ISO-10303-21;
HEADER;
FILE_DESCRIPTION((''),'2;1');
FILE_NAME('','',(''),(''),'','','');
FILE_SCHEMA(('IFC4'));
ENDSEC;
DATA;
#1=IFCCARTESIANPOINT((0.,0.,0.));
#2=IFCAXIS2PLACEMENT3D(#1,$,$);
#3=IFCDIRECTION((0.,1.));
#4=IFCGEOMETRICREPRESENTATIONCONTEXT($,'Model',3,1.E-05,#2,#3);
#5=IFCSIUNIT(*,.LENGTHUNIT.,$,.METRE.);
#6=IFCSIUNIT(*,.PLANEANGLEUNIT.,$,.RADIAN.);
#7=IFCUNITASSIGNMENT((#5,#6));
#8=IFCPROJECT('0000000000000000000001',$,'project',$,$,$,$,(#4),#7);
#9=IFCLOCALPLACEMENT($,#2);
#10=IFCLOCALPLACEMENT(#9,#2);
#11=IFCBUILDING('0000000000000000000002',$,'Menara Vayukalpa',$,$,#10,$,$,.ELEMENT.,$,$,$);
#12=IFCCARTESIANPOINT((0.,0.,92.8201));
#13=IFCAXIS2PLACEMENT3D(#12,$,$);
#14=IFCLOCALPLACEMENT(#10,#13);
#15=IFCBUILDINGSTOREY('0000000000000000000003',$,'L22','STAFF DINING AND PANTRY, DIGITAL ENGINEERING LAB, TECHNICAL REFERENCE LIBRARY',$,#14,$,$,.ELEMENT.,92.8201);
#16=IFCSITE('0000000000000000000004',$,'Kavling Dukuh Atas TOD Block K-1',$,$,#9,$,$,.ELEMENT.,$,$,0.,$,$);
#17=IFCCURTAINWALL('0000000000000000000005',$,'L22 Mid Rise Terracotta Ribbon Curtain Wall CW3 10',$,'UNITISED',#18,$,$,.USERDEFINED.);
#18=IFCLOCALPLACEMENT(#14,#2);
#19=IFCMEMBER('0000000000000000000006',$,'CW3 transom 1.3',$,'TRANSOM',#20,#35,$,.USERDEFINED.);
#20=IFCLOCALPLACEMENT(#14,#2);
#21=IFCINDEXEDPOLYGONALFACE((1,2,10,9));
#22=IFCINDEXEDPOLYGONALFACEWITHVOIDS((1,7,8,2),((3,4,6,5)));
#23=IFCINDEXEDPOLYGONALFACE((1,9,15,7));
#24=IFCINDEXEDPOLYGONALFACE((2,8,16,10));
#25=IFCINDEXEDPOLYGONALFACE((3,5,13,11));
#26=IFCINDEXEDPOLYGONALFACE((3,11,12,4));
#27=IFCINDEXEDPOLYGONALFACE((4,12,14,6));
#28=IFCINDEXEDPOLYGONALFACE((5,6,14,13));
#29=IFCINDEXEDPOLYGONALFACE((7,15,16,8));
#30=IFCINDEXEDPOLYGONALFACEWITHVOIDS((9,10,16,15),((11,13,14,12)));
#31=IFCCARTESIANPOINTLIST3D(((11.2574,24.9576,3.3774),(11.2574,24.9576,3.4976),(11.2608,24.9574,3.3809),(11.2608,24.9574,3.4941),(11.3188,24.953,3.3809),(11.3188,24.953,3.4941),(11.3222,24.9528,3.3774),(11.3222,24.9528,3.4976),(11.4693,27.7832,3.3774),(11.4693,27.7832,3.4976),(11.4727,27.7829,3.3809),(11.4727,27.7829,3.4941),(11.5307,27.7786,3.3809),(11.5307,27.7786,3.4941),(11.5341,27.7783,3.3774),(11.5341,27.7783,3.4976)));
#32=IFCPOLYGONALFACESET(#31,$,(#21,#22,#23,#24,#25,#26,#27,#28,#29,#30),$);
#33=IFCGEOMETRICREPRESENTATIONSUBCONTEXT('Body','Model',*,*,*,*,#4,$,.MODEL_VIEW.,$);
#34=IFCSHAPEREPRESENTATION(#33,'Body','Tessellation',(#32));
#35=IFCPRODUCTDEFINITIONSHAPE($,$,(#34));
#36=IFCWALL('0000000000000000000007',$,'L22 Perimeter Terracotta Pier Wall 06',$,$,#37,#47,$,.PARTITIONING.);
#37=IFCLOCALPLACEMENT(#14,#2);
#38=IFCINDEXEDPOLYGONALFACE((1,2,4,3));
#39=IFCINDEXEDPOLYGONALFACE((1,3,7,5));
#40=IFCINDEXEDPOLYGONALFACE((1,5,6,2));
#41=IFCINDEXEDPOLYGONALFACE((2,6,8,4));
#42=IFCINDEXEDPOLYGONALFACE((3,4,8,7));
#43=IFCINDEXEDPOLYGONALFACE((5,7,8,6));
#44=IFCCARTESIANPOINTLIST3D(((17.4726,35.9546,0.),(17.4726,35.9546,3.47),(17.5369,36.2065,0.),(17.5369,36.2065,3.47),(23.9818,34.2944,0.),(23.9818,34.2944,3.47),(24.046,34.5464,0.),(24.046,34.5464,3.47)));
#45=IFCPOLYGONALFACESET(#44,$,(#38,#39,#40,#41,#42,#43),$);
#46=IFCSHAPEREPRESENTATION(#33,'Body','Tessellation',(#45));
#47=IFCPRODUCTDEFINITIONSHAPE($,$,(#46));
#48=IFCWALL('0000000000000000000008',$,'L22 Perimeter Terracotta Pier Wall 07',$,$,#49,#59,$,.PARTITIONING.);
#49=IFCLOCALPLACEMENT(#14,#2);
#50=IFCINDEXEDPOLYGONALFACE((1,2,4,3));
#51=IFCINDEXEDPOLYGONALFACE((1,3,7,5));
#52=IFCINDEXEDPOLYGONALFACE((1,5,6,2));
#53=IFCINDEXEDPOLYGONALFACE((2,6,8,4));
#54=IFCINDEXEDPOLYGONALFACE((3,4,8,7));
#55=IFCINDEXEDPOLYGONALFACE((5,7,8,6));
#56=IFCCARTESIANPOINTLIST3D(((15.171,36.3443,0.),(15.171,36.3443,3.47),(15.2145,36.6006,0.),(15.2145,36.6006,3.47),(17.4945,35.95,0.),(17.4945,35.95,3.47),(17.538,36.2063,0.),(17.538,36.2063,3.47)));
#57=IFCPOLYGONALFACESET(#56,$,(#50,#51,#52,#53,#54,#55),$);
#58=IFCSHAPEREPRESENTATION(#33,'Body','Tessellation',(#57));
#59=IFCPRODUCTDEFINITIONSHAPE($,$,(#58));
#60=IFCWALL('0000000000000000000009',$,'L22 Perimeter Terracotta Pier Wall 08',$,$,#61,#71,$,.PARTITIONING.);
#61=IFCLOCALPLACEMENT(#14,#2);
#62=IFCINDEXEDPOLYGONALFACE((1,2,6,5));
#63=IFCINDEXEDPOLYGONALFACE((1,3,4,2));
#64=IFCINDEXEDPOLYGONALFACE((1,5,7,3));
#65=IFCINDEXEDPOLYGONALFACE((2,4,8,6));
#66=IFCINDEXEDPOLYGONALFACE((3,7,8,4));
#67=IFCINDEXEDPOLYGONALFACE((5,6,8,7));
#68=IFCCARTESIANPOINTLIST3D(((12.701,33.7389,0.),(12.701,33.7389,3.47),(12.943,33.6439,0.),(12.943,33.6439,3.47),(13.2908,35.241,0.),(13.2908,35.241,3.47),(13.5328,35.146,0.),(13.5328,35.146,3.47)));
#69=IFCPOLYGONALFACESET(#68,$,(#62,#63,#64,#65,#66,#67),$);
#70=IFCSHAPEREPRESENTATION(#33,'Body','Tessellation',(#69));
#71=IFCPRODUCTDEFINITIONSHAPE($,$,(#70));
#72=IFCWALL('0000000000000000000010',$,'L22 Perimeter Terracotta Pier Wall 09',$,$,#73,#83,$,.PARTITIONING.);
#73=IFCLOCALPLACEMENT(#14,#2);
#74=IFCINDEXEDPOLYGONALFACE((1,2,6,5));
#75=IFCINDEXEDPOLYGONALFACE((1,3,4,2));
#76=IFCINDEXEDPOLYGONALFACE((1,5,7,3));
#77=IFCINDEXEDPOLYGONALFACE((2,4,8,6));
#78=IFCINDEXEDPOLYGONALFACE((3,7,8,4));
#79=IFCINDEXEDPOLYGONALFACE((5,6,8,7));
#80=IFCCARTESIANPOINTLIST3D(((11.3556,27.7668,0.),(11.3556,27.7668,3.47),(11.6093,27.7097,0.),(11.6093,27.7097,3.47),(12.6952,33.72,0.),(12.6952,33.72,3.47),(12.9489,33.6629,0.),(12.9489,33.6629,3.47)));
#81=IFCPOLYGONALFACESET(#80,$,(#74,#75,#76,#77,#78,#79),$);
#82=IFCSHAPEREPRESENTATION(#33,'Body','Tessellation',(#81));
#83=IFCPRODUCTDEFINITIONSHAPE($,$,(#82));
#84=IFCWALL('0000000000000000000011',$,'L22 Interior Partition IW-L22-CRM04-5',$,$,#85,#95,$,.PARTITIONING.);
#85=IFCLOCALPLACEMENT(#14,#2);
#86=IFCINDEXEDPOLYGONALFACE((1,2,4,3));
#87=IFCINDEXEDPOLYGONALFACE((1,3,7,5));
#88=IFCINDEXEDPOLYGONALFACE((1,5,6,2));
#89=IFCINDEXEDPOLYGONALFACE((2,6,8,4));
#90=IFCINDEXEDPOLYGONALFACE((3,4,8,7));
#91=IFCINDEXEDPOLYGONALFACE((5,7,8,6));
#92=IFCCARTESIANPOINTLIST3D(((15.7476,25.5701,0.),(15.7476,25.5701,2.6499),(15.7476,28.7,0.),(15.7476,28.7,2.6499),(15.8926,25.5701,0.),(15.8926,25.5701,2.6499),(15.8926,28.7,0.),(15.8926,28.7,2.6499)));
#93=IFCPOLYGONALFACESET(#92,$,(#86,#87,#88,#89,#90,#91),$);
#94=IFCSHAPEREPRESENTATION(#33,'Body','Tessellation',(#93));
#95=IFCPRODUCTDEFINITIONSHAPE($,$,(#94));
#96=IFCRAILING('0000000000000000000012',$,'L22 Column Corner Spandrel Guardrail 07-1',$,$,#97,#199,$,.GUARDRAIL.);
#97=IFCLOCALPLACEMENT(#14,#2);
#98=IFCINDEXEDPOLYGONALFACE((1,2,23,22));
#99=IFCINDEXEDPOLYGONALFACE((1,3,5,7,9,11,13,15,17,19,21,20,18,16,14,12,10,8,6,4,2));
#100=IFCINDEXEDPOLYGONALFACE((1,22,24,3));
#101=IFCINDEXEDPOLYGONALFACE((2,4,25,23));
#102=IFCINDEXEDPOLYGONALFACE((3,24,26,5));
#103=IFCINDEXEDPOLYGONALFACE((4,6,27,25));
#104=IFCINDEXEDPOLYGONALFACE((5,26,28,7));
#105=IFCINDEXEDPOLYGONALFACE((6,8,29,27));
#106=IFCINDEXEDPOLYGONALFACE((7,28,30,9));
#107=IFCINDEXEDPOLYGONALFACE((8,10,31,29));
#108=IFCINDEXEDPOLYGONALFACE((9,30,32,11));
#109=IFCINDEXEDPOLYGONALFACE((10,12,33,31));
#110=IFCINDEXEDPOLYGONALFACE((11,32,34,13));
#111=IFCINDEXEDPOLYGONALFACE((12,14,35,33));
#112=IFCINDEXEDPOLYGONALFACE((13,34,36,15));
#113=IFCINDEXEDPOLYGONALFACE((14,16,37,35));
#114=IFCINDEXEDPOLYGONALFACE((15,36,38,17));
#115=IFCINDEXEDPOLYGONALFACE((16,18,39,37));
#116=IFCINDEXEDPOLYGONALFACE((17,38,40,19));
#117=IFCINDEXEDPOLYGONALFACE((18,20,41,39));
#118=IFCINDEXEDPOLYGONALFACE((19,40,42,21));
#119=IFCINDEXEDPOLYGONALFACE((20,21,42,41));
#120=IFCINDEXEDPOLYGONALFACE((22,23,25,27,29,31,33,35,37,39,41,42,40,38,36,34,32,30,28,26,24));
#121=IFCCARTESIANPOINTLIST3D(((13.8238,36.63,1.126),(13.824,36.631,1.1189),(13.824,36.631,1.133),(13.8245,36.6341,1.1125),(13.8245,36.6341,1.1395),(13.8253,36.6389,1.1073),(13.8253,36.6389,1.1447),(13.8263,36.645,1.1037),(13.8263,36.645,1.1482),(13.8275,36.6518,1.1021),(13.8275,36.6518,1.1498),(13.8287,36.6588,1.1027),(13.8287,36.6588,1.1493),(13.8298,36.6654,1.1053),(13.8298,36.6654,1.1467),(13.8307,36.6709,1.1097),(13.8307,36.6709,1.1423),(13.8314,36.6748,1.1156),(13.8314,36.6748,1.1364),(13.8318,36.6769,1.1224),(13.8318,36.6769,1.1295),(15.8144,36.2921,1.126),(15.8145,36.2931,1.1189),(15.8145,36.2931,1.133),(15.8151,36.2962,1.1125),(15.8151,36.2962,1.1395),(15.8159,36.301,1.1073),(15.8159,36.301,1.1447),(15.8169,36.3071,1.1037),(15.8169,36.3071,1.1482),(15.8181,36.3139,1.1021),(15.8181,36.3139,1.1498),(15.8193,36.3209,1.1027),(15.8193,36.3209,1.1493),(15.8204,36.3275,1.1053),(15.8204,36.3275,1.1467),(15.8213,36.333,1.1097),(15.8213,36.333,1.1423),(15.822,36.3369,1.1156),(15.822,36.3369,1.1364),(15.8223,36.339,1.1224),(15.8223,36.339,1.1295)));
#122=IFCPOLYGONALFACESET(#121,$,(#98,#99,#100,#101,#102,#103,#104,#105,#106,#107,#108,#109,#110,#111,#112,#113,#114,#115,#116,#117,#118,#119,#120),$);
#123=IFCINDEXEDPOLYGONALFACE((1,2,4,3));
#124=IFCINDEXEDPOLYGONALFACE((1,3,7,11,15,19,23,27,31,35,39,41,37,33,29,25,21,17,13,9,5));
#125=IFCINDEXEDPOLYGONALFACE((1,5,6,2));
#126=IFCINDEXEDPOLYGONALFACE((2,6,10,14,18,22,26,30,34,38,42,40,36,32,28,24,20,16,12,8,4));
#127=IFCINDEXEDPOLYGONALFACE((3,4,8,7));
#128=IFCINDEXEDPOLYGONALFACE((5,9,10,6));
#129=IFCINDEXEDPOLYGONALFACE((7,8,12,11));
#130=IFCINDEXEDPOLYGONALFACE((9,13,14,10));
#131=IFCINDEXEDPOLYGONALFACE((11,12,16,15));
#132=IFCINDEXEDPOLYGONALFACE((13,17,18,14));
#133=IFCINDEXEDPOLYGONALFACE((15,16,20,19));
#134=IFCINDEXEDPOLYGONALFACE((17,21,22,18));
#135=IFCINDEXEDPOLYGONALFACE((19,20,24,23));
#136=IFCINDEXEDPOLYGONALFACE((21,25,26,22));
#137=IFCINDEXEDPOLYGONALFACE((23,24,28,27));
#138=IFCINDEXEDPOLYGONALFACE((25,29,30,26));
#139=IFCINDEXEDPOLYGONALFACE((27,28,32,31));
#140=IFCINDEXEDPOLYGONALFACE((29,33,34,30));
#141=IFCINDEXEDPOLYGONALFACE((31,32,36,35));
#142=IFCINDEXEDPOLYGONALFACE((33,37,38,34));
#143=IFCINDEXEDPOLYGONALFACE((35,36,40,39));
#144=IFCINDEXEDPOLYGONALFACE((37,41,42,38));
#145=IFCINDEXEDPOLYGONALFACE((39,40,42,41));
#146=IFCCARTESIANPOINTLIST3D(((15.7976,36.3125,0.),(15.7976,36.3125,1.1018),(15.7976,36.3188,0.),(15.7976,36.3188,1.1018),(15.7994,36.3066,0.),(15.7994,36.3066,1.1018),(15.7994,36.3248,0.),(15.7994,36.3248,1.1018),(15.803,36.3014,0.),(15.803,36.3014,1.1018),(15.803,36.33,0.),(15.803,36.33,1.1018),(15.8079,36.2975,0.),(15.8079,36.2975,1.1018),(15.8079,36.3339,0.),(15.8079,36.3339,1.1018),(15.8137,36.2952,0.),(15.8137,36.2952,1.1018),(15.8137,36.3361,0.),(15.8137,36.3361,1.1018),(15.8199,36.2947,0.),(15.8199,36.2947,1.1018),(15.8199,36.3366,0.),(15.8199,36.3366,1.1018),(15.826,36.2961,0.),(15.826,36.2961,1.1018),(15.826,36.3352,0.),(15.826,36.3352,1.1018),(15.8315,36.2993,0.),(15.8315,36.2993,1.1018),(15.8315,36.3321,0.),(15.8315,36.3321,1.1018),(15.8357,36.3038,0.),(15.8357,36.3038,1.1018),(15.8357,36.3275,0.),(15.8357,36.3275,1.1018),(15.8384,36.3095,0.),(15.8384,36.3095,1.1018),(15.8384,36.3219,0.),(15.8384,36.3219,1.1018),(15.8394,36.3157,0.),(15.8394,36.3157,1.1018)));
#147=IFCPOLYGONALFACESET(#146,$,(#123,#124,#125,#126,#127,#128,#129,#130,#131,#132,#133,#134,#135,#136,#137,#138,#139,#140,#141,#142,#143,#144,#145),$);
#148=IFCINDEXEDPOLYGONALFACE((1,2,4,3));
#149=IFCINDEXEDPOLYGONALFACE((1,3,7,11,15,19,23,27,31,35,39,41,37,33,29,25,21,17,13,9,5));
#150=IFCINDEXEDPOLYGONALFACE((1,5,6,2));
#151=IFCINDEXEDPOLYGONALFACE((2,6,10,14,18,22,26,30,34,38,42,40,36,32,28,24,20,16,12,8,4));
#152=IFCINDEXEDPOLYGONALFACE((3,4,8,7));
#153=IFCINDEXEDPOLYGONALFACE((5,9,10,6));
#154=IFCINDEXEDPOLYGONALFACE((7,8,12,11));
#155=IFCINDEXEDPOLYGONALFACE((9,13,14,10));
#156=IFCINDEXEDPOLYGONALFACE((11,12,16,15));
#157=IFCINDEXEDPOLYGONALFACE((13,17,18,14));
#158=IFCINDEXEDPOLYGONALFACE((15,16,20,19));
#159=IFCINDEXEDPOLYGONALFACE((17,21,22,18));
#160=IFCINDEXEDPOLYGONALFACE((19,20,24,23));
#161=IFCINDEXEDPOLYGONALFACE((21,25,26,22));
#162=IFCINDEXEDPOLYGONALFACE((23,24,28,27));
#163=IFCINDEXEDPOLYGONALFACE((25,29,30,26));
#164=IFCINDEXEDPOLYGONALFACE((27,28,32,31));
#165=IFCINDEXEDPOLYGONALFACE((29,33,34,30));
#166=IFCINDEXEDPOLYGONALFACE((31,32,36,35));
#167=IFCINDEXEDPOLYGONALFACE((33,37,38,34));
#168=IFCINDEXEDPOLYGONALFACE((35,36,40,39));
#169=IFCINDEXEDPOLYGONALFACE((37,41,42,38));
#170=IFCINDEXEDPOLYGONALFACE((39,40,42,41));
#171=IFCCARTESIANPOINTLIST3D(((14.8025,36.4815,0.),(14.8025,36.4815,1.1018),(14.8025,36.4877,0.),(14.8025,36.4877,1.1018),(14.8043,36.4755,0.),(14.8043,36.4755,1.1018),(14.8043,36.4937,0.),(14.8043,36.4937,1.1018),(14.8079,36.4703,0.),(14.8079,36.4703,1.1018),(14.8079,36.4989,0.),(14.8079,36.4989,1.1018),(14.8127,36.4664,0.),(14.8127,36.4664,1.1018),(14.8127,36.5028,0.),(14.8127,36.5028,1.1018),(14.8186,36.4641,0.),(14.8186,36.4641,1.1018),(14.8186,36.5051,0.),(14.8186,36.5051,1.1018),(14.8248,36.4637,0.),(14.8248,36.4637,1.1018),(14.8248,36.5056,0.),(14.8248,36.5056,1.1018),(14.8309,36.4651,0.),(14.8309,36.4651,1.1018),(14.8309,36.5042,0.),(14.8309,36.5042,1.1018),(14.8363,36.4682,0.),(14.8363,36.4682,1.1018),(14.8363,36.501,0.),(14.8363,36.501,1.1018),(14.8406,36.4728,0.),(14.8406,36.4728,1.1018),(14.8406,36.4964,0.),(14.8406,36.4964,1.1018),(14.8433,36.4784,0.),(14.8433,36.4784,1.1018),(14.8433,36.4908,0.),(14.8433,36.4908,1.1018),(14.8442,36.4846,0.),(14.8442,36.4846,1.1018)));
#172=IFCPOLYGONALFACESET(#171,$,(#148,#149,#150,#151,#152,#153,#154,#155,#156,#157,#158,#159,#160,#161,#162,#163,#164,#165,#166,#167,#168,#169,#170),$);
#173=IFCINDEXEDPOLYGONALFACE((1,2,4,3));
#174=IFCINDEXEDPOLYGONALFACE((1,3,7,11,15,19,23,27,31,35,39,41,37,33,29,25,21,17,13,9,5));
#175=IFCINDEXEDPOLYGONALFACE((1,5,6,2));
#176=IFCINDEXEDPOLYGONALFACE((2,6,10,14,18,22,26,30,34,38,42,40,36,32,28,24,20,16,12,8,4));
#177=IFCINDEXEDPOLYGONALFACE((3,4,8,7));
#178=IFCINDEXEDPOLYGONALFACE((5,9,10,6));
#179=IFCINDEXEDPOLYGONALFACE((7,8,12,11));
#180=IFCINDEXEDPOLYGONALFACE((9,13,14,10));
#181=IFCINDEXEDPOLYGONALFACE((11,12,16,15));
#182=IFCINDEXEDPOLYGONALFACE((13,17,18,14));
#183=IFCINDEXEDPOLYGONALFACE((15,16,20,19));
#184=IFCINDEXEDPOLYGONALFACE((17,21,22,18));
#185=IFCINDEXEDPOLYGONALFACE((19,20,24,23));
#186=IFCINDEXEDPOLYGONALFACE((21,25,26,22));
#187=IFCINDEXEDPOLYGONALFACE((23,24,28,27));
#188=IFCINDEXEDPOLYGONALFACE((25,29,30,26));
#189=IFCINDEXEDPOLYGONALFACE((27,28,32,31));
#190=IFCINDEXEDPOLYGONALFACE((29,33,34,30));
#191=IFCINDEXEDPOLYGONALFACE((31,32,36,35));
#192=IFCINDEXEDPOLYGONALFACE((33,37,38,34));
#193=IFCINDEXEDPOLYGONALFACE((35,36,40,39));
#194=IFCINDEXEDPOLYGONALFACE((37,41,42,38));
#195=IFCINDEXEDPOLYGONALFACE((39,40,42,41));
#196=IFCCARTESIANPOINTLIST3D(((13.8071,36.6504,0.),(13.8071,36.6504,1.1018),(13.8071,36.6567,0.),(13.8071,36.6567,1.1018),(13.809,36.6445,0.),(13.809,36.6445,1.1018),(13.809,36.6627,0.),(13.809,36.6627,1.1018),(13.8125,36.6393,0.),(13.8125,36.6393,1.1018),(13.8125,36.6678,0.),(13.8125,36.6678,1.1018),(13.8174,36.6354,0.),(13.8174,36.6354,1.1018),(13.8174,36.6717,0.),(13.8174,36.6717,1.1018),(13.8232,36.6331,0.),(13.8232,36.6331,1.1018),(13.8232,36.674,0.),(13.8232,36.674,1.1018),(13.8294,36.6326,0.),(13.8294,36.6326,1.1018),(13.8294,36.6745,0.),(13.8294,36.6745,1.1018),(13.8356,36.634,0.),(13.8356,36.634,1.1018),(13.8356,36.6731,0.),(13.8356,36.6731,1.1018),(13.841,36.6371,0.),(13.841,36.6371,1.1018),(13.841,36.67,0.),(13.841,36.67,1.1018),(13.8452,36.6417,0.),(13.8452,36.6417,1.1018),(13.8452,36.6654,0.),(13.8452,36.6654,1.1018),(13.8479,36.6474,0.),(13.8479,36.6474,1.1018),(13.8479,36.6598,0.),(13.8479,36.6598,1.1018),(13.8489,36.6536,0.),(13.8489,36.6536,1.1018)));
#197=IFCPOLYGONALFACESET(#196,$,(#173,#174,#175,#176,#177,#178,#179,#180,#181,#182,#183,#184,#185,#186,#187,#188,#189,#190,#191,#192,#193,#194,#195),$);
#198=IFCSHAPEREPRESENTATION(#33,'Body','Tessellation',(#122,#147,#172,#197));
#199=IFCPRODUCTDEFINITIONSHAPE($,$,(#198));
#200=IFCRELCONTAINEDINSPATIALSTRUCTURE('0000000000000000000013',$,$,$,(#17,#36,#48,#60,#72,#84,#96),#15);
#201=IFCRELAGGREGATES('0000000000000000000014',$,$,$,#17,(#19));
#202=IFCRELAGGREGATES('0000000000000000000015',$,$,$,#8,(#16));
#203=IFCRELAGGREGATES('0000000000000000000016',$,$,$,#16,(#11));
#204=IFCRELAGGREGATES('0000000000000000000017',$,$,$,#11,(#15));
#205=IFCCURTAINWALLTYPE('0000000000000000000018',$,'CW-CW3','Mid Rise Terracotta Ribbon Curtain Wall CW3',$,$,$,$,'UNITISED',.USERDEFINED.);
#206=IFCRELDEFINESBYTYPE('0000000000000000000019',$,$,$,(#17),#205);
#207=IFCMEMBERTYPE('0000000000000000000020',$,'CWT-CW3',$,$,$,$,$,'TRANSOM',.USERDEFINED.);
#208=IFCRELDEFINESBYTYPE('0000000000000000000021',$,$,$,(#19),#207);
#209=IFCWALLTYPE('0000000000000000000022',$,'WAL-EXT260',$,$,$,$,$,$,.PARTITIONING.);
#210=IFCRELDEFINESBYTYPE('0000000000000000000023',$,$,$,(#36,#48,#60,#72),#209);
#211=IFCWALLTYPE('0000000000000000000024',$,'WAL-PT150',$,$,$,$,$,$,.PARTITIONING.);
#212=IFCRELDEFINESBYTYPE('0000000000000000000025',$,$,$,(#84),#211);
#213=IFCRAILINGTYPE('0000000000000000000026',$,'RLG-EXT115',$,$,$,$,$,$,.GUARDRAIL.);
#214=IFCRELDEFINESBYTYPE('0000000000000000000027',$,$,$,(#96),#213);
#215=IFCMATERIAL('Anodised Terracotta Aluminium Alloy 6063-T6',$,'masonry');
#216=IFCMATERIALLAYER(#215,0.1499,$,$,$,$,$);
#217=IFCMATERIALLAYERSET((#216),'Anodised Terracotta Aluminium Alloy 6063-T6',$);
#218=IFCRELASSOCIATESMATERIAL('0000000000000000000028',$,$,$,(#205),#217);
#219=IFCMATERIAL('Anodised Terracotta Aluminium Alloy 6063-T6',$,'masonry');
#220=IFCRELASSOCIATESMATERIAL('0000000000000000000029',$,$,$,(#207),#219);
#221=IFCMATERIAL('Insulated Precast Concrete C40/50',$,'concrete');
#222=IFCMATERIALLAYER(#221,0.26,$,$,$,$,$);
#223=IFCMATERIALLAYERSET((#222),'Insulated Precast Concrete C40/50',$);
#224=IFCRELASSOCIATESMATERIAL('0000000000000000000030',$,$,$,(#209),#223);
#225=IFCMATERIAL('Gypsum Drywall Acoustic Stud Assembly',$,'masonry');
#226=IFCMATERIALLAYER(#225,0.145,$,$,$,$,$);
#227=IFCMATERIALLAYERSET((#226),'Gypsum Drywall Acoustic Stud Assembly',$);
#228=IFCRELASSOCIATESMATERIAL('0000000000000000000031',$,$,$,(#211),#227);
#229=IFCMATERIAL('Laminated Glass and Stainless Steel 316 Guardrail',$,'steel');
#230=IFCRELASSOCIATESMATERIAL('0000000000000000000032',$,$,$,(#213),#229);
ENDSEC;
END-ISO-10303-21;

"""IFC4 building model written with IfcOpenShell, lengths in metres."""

from ifc_helpers import new_model, si_unit, direction, frame, frame_2d, origin, origin_2d, place, context, subcontext, project, spatial, rectangle, hollow_rectangle, circle, extrude, material, layer, layer_set, material_profile, profile_set, type_object, element, aggregate, save


model = new_model("IFC4")

# Units and contexts
model_context = context("Model", 3, precision=1e-05, world=origin(), true_north=direction((0.0, 1.0)))
body_context = subcontext(model_context, "Body", "Model", "MODEL_VIEW")
ifc_project = project(units=[si_unit("LENGTHUNIT", "METRE"), si_unit("PLANEANGLEUNIT", "RADIAN")], contexts=[model_context])

# Site, building, storey
site_placement = place(None, origin())
site = spatial("IfcSite", under=ifc_project, at=site_placement, Name="Kavling Dukuh Atas TOD Block K-1", CompositionType="ELEMENT", RefElevation=0.0)
building_placement = place(site_placement, origin())
building = spatial("IfcBuilding", under=site, at=building_placement, Name="Menara Vayukalpa", CompositionType="ELEMENT")
storey_placement = place(building_placement, frame((0.0, 0.0, 92.8201)))
storey = spatial("IfcBuildingStorey", under=building, at=storey_placement, Name="L22", Description="STAFF DINING AND PANTRY, DIGITAL ENGINEERING LAB, TECHNICAL REFERENCE LIBRARY", CompositionType="ELEMENT", Elevation=92.8201)

# Curtain wall, member
ifc_material_1 = material(Name="Anodised Terracotta Aluminium Alloy 6063-T6", Category="masonry")
ifc_layer_1 = layer(ifc_material_1, 0.1499)
ifc_layer_set_1 = layer_set([ifc_layer_1], Name="Anodised Terracotta Aluminium Alloy 6063-T6")
curtain_wall_type = type_object("IfcCurtainWallType", Name="CW-CW3", Description="Mid Rise Terracotta Ribbon Curtain Wall CW3", ElementType="UNITISED", PredefinedType="USERDEFINED", material=ifc_layer_set_1)
curtain_wall_placement = place(storey_placement, origin())
curtain_wall = element("IfcCurtainWall", 1, at=curtain_wall_placement, inside=storey, type_object=curtain_wall_type, Name="L22 Mid Rise Terracotta Ribbon Curtain Wall CW3 10", ObjectType="UNITISED", PredefinedType="USERDEFINED")
ifc_material_2 = material(Name="Anodised Terracotta Aluminium Alloy 6063-T6", Category="masonry")
ifc_material_profile_1 = material_profile(ifc_material_2, hollow_rectangle(XDim=0.0649, YDim=0.1201, WallThickness=0.0034, at=origin_2d()), Name="ALU 65x120x3.5")
ifc_profile_set_1 = profile_set([ifc_material_profile_1], Name="Anodised Terracotta Aluminium Alloy 6063-T6")
member_type_1 = type_object("IfcMemberType", Name="CWT-CW3", ElementType="TRANSOM", PredefinedType="USERDEFINED", material=ifc_profile_set_1)
member_1_placement = place(storey_placement, frame((11.5017, 27.7808, 3.4375), z_axis=(-0.074792, -0.997199, 0.0), x_axis=(0.997199, -0.074792, 0.0)))
member_1 = element("IfcMember", 2, at=member_1_placement, type_object=member_type_1, Name="CW3 transom 1.3", ObjectType="TRANSOM", PredefinedType="USERDEFINED", context=body_context, shape_type="SweptSolid", body=[
    extrude(hollow_rectangle(XDim=0.0649, YDim=0.1201, WallThickness=0.0034, at=origin_2d()), origin(), (0.0, 0.0, 1.0), 2.8335),
])
aggregate(curtain_wall, [member_1])

# Walls
ifc_material_3 = material(Name="Insulated Precast Concrete C40/50", Category="concrete")
ifc_layer_2 = layer(ifc_material_3, 0.26)
ifc_layer_set_2 = layer_set([ifc_layer_2], Name="Insulated Precast Concrete C40/50")
wall_type_1 = type_object("IfcWallType", Name="WAL-EXT260", PredefinedType="PARTITIONING", material=ifc_layer_set_2)
wall_1_placement = place(storey_placement, frame((17.5046, 36.0806, 0.0), z_axis=(0.0, 0.0, 1.0), x_axis=(0.968981, -0.247134, 0.0)))
element("IfcWall", 3, at=wall_1_placement, inside=storey, type_object=wall_type_1, Name="L22 Perimeter Terracotta Pier Wall 06", PredefinedType="PARTITIONING", context=body_context, shape_type="SweptSolid", body=[
    extrude(rectangle(XDim=6.7175, YDim=0.26, at=frame_2d((3.3589, 0.0))), origin(), (0.0, 0.0, 1.0), 3.47),
])
wall_2_placement = place(storey_placement, frame((15.1929, 36.4724, 0.0), z_axis=(0.0, 0.0, 1.0), x_axis=(0.985905, -0.167305, 0.0)))
element("IfcWall", 4, at=wall_2_placement, inside=storey, type_object=wall_type_1, Name="L22 Perimeter Terracotta Pier Wall 07", PredefinedType="PARTITIONING", context=body_context, shape_type="SweptSolid", body=[
    extrude(rectangle(XDim=2.3567, YDim=0.26, at=frame_2d((1.1782, 0.0))), origin(), (0.0, 0.0, 1.0), 3.47),
])
wall_3_placement = place(storey_placement, frame((12.822, 33.6914, 0.0), z_axis=(0.0, 0.0, 1.0), x_axis=(0.365489, 0.930816, 0.0)))
element("IfcWall", 5, at=wall_3_placement, inside=storey, type_object=wall_type_1, Name="L22 Perimeter Terracotta Pier Wall 08", PredefinedType="PARTITIONING", context=body_context, shape_type="SweptSolid", body=[
    extrude(rectangle(XDim=1.6138, YDim=0.26, at=frame_2d((0.8069, 0.0))), origin(), (0.0, 0.0, 1.0), 3.47),
])
wall_4_placement = place(storey_placement, frame((11.4824, 27.7383, 0.0), z_axis=(0.0, 0.0, 1.0), x_axis=(0.219535, 0.975605, 0.0)))
element("IfcWall", 6, at=wall_4_placement, inside=storey, type_object=wall_type_1, Name="L22 Perimeter Terracotta Pier Wall 09", PredefinedType="PARTITIONING", context=body_context, shape_type="SweptSolid", body=[
    extrude(rectangle(XDim=6.1021, YDim=0.26, at=frame_2d((3.051, 0.0))), origin(), (0.0, 0.0, 1.0), 3.47),
])
ifc_material_4 = material(Name="Gypsum Drywall Acoustic Stud Assembly", Category="masonry")
ifc_layer_3 = layer(ifc_material_4, 0.145)
ifc_layer_set_3 = layer_set([ifc_layer_3], Name="Gypsum Drywall Acoustic Stud Assembly")
wall_type_2 = type_object("IfcWallType", Name="WAL-PT150", PredefinedType="PARTITIONING", material=ifc_layer_set_3)
wall_5_placement = place(storey_placement, frame((15.8201, 28.7, 0.0), z_axis=(0.0, 0.0, 1.0), x_axis=(0.0, -1.0, 0.0)))
element("IfcWall", 7, at=wall_5_placement, inside=storey, type_object=wall_type_2, Name="L22 Interior Partition IW-L22-CRM04-5", PredefinedType="PARTITIONING", context=body_context, shape_type="SweptSolid", body=[
    extrude(rectangle(XDim=3.1299, YDim=0.145, at=frame_2d((1.5649, 0.0))), origin(), (0.0, 0.0, 1.0), 2.6499),
])

# Railing
ifc_material_5 = material(Name="Laminated Glass and Stainless Steel 316 Guardrail", Category="steel")
railing_type = type_object("IfcRailingType", Name="RLG-EXT115", PredefinedType="GUARDRAIL", material=ifc_material_5)
railing_1_placement = place(storey_placement, frame((15.8184, 36.3157, 0.0)))
element("IfcRailing", 8, at=railing_1_placement, inside=storey, type_object=railing_type, Name="L22 Column Corner Spandrel Guardrail 07-1", PredefinedType="GUARDRAIL", context=body_context, shape_type="SweptSolid", body=[
    extrude(circle(Radius=0.0239, at=origin_2d()), frame((0.0, 0.0, 1.126), z_axis=(-0.985896, 0.167359, 0.0), x_axis=(-0.167359, -0.985896, 0.0)), (0.0, 0.0, 1.0), 2.019),
    extrude(circle(Radius=0.021, at=origin_2d()), origin(), (0.0, 0.0, 1.0), 1.1018),
    extrude(circle(Radius=0.021, at=origin_2d()), frame((-0.9951, 0.1689, 0.0)), (0.0, 0.0, 1.0), 1.1018),
    extrude(circle(Radius=0.021, at=origin_2d()), frame((-1.9905, 0.3379, 0.0)), (0.0, 0.0, 1.0), 1.1018),
])

save(model, "model.ifc")
